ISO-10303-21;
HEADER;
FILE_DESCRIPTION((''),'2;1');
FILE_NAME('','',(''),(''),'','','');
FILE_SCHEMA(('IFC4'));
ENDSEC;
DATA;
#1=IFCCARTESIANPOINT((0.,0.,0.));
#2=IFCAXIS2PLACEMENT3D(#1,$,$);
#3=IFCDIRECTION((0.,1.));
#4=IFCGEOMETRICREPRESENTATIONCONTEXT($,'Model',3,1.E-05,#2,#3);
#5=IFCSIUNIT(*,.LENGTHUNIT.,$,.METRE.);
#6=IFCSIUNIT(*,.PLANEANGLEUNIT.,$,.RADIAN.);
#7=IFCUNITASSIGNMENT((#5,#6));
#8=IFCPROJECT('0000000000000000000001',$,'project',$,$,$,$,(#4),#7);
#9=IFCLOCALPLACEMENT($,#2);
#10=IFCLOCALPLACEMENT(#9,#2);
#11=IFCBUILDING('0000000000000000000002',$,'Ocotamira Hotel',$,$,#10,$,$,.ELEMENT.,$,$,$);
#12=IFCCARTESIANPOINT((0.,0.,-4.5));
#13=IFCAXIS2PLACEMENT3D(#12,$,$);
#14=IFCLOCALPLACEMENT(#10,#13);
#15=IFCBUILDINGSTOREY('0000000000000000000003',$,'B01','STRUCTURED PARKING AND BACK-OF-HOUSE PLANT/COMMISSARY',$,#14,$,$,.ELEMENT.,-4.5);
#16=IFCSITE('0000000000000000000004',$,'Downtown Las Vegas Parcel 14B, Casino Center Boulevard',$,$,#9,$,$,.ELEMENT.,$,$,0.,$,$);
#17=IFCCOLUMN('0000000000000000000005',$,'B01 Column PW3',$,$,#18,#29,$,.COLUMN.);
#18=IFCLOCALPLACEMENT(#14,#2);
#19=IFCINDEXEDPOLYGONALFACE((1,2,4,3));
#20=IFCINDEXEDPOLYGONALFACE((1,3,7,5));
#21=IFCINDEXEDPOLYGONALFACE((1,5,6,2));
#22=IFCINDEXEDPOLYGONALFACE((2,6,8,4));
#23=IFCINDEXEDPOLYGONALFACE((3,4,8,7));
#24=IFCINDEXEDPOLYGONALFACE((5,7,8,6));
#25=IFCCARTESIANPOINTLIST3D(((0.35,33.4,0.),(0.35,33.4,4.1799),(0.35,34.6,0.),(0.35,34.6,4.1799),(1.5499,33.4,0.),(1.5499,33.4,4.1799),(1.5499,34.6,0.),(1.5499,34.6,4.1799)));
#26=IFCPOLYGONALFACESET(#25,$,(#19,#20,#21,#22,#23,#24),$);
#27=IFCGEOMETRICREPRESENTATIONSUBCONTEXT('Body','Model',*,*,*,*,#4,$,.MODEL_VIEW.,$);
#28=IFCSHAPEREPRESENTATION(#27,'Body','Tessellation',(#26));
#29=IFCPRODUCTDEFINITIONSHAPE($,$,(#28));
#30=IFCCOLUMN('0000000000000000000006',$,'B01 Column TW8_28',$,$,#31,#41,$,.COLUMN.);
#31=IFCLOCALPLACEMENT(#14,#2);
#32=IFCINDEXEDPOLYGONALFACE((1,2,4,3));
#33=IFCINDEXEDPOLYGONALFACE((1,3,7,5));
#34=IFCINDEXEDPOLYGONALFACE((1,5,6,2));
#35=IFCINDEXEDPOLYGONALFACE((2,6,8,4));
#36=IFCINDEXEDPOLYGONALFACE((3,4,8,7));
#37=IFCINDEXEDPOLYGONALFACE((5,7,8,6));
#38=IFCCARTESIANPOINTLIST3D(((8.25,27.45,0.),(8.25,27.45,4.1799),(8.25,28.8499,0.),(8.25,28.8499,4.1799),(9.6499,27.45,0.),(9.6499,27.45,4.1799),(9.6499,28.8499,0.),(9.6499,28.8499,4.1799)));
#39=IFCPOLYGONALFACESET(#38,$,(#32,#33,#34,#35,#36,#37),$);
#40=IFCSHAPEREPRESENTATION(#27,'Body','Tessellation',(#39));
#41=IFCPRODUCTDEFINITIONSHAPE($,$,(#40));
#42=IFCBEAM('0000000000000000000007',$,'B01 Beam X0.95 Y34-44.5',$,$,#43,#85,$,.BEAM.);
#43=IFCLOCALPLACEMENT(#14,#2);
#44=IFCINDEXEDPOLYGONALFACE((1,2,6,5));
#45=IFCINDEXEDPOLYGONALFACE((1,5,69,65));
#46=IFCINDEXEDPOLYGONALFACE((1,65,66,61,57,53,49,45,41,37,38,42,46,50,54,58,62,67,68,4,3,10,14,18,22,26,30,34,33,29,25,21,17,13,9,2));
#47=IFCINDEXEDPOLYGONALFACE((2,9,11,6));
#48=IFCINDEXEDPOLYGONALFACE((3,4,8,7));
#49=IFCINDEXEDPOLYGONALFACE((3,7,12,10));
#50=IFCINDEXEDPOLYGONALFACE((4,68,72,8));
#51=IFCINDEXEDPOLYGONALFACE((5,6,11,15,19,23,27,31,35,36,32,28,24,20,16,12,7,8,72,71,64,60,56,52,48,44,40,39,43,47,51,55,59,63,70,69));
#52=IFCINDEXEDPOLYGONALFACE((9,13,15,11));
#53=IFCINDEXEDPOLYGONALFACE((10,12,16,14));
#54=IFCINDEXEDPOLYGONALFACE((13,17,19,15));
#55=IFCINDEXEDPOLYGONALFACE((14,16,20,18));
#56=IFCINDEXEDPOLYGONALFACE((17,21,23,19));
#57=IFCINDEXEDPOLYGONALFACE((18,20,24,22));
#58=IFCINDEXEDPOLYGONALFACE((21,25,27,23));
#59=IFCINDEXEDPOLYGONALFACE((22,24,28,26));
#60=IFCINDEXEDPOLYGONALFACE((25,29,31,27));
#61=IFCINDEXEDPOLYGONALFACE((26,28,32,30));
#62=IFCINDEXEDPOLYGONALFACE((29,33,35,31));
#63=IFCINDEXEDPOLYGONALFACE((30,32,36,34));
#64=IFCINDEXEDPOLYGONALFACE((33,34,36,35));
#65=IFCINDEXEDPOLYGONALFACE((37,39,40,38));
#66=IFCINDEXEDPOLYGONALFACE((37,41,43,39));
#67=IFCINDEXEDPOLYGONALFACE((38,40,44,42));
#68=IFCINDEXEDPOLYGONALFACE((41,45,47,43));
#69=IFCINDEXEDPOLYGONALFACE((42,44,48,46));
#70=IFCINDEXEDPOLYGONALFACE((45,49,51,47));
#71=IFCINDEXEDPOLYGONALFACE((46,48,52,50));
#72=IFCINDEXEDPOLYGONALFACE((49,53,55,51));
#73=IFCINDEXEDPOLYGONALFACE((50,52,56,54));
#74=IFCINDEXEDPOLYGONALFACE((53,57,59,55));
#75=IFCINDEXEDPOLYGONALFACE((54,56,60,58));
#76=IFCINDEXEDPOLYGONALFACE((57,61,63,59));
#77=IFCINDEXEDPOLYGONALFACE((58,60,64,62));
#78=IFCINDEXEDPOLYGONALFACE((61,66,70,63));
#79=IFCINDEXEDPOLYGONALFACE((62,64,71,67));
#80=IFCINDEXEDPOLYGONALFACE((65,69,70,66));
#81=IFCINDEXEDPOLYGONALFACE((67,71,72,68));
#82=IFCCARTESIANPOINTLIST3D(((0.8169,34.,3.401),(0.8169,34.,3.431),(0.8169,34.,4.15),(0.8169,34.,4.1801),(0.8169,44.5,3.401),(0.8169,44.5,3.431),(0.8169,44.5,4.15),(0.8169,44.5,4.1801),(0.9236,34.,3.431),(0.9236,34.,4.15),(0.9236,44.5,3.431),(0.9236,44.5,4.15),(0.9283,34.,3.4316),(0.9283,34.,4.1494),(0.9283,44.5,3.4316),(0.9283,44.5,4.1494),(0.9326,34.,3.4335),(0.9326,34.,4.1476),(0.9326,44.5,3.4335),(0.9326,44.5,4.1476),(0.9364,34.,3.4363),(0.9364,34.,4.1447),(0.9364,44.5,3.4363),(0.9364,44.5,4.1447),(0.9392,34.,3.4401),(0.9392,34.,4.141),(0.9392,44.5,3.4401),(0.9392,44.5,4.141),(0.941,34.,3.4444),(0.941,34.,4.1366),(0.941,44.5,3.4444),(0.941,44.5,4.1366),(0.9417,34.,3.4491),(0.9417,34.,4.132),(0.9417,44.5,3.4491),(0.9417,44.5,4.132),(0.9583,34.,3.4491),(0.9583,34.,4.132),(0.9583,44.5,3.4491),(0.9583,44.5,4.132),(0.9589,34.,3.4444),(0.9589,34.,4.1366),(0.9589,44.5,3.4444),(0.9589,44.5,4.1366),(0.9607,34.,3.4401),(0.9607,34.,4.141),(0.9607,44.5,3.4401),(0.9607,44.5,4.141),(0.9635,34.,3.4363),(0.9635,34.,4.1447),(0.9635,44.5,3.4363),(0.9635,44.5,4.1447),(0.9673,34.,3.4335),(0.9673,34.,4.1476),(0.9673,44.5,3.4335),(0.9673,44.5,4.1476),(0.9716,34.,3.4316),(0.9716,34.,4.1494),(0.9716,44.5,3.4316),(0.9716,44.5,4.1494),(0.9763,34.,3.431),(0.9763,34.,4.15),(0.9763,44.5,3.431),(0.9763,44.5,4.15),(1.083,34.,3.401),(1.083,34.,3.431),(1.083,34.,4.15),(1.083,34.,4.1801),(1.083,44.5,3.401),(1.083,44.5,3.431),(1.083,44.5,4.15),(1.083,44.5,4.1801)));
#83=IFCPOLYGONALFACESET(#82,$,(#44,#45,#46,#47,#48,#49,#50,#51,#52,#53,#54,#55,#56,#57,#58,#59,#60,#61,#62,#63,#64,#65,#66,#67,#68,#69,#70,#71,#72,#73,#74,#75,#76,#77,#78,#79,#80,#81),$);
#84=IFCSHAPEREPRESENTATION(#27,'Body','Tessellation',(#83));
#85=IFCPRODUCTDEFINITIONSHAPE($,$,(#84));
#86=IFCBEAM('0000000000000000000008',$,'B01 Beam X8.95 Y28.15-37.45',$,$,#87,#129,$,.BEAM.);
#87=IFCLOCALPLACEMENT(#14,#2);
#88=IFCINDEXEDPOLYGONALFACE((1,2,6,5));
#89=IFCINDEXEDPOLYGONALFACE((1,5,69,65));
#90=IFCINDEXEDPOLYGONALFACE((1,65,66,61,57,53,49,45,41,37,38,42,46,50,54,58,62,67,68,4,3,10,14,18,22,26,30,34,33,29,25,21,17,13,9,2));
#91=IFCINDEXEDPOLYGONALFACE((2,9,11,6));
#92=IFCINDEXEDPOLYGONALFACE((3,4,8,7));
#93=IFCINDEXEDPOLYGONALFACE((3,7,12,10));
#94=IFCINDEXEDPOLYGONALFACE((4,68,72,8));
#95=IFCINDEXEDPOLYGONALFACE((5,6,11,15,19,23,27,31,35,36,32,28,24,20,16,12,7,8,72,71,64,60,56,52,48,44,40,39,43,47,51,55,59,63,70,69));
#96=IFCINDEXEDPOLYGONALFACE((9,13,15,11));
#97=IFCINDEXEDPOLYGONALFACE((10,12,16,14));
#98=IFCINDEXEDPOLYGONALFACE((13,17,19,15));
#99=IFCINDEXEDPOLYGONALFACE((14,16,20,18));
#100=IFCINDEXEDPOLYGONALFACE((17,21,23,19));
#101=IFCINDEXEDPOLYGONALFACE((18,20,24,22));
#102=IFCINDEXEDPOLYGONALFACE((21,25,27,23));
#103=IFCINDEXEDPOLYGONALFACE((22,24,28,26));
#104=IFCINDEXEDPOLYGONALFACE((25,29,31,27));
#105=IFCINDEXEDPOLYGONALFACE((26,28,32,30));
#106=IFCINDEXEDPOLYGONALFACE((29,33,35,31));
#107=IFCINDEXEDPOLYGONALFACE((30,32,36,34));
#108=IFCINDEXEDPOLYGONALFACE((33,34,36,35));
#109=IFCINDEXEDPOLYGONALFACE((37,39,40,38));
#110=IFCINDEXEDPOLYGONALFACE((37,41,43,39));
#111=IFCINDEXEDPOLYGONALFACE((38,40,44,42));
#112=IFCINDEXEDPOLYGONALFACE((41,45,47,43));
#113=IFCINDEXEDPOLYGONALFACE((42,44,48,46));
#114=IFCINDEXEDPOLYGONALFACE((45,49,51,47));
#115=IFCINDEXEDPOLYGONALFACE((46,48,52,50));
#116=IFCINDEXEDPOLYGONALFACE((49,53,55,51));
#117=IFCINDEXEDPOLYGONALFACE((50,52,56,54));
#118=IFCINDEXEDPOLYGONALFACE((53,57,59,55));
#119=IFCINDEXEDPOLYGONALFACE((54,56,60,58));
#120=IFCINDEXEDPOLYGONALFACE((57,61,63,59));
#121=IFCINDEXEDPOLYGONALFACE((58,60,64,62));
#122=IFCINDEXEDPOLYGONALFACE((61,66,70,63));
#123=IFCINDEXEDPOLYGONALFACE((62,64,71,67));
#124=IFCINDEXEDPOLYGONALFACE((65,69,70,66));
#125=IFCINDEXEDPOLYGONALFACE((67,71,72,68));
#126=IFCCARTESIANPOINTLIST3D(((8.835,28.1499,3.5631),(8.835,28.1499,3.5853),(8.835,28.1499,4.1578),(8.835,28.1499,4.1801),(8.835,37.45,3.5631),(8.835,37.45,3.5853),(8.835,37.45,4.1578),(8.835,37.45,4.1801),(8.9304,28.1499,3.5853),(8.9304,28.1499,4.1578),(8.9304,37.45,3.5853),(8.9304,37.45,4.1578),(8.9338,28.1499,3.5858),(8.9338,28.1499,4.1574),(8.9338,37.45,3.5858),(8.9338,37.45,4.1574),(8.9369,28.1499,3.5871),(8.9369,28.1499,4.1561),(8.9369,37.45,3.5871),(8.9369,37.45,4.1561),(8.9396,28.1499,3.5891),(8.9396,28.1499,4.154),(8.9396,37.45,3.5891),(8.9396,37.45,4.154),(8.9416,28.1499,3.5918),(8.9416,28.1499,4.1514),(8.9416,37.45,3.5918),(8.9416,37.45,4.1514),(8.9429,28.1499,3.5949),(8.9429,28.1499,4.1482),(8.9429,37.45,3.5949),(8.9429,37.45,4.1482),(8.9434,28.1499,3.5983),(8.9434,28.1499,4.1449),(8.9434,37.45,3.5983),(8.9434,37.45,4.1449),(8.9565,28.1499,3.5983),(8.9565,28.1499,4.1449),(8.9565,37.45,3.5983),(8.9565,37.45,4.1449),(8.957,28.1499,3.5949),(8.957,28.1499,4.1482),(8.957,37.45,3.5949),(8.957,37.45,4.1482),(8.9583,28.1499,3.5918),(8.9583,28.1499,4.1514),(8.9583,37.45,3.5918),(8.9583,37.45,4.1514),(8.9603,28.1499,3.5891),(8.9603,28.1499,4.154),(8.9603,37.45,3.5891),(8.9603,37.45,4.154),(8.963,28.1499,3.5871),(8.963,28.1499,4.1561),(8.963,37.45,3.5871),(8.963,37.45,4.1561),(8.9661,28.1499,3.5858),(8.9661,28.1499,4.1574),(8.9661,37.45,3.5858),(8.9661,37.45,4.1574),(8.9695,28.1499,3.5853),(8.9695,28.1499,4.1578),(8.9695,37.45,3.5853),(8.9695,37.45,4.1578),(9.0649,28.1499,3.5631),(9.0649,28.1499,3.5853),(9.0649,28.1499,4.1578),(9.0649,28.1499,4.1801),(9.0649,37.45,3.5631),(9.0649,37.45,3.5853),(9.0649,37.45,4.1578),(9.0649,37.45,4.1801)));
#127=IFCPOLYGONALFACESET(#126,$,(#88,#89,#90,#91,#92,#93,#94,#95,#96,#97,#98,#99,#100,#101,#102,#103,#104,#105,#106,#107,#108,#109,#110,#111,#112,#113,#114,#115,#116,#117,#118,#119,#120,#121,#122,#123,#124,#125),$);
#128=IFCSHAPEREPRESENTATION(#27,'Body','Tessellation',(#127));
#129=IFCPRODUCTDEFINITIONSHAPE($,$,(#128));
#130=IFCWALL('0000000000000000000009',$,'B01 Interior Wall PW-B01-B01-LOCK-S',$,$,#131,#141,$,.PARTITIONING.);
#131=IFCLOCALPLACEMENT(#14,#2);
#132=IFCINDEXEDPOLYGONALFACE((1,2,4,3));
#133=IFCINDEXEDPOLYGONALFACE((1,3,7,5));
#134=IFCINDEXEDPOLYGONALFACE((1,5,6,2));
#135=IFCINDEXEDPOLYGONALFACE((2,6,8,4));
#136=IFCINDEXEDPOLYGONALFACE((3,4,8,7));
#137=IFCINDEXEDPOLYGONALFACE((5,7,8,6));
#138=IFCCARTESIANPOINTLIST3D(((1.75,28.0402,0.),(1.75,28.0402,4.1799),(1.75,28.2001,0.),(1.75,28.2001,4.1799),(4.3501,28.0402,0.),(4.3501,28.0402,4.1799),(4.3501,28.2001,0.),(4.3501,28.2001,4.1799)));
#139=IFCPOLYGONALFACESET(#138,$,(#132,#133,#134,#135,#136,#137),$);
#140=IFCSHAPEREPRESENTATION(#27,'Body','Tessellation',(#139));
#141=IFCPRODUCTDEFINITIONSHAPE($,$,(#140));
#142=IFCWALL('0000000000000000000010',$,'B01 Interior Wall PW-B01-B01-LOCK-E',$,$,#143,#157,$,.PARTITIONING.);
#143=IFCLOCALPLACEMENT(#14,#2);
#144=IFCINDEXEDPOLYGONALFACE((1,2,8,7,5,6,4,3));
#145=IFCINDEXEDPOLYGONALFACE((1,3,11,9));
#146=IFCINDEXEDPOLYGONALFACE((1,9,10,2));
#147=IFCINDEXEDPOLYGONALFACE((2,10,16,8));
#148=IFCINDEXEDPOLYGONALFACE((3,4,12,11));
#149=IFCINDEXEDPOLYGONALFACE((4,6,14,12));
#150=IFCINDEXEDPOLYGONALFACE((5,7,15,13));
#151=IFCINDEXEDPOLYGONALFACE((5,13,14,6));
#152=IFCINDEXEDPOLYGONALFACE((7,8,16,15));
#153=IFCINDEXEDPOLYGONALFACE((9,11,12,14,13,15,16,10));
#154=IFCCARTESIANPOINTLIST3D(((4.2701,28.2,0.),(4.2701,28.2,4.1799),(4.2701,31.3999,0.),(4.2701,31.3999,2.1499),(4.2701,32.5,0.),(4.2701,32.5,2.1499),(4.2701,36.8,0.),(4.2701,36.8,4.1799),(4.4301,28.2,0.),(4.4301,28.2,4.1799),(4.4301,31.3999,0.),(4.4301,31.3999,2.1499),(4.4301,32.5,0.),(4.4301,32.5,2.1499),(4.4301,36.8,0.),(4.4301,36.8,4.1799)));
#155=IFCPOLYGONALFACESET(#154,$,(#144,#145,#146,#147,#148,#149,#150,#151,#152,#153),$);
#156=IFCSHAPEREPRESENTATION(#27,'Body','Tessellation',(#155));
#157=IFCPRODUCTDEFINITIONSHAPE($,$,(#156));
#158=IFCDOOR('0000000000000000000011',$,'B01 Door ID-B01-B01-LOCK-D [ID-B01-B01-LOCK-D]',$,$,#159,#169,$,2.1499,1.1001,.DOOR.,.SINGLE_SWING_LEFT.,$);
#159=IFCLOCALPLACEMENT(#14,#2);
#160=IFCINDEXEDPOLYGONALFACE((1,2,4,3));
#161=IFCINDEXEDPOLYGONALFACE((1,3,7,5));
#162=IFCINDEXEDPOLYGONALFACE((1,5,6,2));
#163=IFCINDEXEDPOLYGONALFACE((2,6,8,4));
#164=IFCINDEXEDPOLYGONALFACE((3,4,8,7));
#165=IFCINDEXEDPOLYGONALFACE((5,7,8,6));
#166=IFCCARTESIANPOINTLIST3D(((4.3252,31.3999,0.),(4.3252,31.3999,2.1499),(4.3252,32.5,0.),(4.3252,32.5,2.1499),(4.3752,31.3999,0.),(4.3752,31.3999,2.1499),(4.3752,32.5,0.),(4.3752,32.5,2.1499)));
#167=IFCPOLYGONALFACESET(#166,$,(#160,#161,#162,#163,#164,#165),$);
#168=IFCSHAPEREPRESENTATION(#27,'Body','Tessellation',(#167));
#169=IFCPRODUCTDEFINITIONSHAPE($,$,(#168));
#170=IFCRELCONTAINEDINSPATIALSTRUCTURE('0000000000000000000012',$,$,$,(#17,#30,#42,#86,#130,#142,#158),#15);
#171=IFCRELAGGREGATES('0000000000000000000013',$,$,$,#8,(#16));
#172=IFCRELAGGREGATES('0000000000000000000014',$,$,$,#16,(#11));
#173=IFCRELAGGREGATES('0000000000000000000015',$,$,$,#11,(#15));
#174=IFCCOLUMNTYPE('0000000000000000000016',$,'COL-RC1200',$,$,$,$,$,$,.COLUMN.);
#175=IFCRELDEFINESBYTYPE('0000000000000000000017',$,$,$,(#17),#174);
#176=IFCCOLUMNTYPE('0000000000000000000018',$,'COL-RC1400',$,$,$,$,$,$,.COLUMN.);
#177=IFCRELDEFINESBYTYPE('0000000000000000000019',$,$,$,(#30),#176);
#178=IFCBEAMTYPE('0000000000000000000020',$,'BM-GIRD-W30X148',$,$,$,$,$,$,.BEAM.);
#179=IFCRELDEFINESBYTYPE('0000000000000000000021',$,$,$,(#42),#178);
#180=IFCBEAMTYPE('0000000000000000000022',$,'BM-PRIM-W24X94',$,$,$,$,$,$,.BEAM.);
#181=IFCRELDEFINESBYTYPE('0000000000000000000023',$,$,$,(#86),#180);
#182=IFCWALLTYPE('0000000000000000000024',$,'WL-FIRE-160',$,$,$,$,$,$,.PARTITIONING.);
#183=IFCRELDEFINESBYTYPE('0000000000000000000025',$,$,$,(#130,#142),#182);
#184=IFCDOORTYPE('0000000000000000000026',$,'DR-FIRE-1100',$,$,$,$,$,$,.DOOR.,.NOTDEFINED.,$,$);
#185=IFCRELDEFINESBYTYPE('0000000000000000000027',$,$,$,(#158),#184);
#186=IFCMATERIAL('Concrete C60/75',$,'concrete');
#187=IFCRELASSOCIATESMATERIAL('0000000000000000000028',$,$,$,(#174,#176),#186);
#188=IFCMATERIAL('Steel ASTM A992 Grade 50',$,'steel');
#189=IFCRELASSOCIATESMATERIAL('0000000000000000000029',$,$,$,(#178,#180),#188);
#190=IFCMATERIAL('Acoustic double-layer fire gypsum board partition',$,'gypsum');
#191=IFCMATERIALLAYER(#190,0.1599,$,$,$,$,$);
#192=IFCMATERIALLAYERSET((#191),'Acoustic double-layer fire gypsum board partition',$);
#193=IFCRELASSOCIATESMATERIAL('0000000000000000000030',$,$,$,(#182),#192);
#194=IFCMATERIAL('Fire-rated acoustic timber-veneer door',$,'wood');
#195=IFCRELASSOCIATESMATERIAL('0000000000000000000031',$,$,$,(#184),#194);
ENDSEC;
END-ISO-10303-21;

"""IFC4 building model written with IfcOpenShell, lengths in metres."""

from ifc_helpers import new_model, si_unit, direction, frame, frame_2d, origin, origin_2d, place, context, subcontext, project, spatial, rectangle, i_section, extrude, source, transform, mapped, material, layer, layer_set, material_profile, profile_set, type_object, element, fill, save


model = new_model("IFC4")

# Units and contexts
model_context = context("Model", 3, precision=1e-05, world=origin(), true_north=direction((0.0, 1.0)))
body_context = subcontext(model_context, "Body", "Model", "MODEL_VIEW")
ifc_project = project(units=[si_unit("LENGTHUNIT", "METRE"), si_unit("PLANEANGLEUNIT", "RADIAN")], contexts=[model_context])

# Site, building, storey
site_placement = place(None, origin())
site = spatial("IfcSite", under=ifc_project, at=site_placement, Name="Downtown Las Vegas Parcel 14B, Casino Center Boulevard", CompositionType="ELEMENT", RefElevation=0.0)
building_placement = place(site_placement, origin())
building = spatial("IfcBuilding", under=site, at=building_placement, Name="Ocotamira Hotel", CompositionType="ELEMENT")
storey_placement = place(building_placement, frame((0.0, 0.0, -4.5)))
storey = spatial("IfcBuildingStorey", under=building, at=storey_placement, Name="B01", Description="STRUCTURED PARKING AND BACK-OF-HOUSE PLANT/COMMISSARY", CompositionType="ELEMENT", Elevation=-4.5)

# Columns
ifc_material_1 = material(Name="Concrete C60/75", Category="concrete")
ifc_material_profile_1 = material_profile(ifc_material_1, rectangle(XDim=1.2, YDim=1.2, at=origin_2d()), Name="RC1200X1200")
ifc_profile_set_1 = profile_set([ifc_material_profile_1], Name="Concrete C60/75")
column_type_1 = type_object("IfcColumnType", Name="COL-RC1200", PredefinedType="COLUMN", material=ifc_profile_set_1)
shared_shape_1 = source(origin(), body_context, "Body", "SweptSolid", [
    extrude(rectangle(XDim=1.2, YDim=1.2, at=origin_2d()), origin(), (0.0, 0.0, 1.0), 4.1799),
])
column_1_placement = place(storey_placement, frame((0.95, 34.0, 0.0), z_axis=(0.0, 0.0, 1.0), x_axis=(1.0, 0.0, 0.0)))
element("IfcColumn", 1, at=column_1_placement, inside=storey, type_object=column_type_1, Name="B01 Column PW3", PredefinedType="COLUMN", context=body_context, shape_type="MappedRepresentation", body=[
    mapped(shared_shape_1, transform((0.0, 0.0, 0.0), scale=1.0)),
])
ifc_material_profile_2 = material_profile(ifc_material_1, rectangle(XDim=1.3999, YDim=1.3999, at=origin_2d()), Name="RC1400X1400")
ifc_profile_set_2 = profile_set([ifc_material_profile_2], Name="Concrete C60/75")
column_type_2 = type_object("IfcColumnType", Name="COL-RC1400", PredefinedType="COLUMN", material=ifc_profile_set_2)
shared_shape_2 = source(origin(), body_context, "Body", "SweptSolid", [
    extrude(rectangle(XDim=1.3999, YDim=1.3999, at=origin_2d()), origin(), (0.0, 0.0, 1.0), 4.1799),
])
column_2_placement = place(storey_placement, frame((8.95, 28.1499, 0.0), z_axis=(0.0, 0.0, 1.0), x_axis=(1.0, 0.0, 0.0)))
element("IfcColumn", 2, at=column_2_placement, inside=storey, type_object=column_type_2, Name="B01 Column TW8_28", PredefinedType="COLUMN", context=body_context, shape_type="MappedRepresentation", body=[
    mapped(shared_shape_2, transform((0.0, 0.0, 0.0), scale=1.0)),
])

# Beams
ifc_material_2 = material(Name="Steel ASTM A992 Grade 50", Category="steel")
ifc_material_profile_3 = material_profile(ifc_material_2, i_section(OverallWidth=0.2661, OverallDepth=0.7791, WebThickness=0.0166, FlangeThickness=0.03, FilletRadius=0.0181, at=origin_2d()), Name="W30X148")
ifc_profile_set_3 = profile_set([ifc_material_profile_3], Name="Steel ASTM A992 Grade 50")
beam_type_1 = type_object("IfcBeamType", Name="BM-GIRD-W30X148", PredefinedType="BEAM", material=ifc_profile_set_3)
shared_shape_3 = source(origin(), body_context, "Body", "SweptSolid", [
    extrude(i_section(OverallWidth=0.2661, OverallDepth=0.7791, WebThickness=0.0166, FlangeThickness=0.03, FilletRadius=0.0181, at=origin_2d()), origin(), (0.0, 0.0, 1.0), 10.5),
])
beam_1_placement = place(storey_placement, frame((0.95, 34.0, 3.7905), z_axis=(0.0, 1.0, 0.0), x_axis=(-1.0, 0.0, 0.0)))
element("IfcBeam", 3, at=beam_1_placement, inside=storey, type_object=beam_type_1, Name="B01 Beam X0.95 Y34-44.5", PredefinedType="BEAM", context=body_context, shape_type="MappedRepresentation", body=[
    mapped(shared_shape_3, transform((0.0, 0.0, 0.0), scale=1.0)),
])
ifc_material_profile_4 = material_profile(ifc_material_2, i_section(OverallWidth=0.23, OverallDepth=0.6169, WebThickness=0.0132, FlangeThickness=0.0222, FilletRadius=0.0129, at=origin_2d()), Name="W24X94")
ifc_profile_set_4 = profile_set([ifc_material_profile_4], Name="Steel ASTM A992 Grade 50")
beam_type_2 = type_object("IfcBeamType", Name="BM-PRIM-W24X94", PredefinedType="BEAM", material=ifc_profile_set_4)
shared_shape_4 = source(origin(), body_context, "Body", "SweptSolid", [
    extrude(i_section(OverallWidth=0.23, OverallDepth=0.6169, WebThickness=0.0132, FlangeThickness=0.0222, FilletRadius=0.0129, at=origin_2d()), origin(), (0.0, 0.0, 1.0), 9.3),
])
beam_2_placement = place(storey_placement, frame((8.95, 28.1499, 3.8716), z_axis=(0.0, 1.0, 0.0), x_axis=(-1.0, 0.0, 0.0)))
element("IfcBeam", 4, at=beam_2_placement, inside=storey, type_object=beam_type_2, Name="B01 Beam X8.95 Y28.15-37.45", PredefinedType="BEAM", context=body_context, shape_type="MappedRepresentation", body=[
    mapped(shared_shape_4, transform((0.0, 0.0, 0.0), scale=1.0)),
])

# Wall
ifc_material_3 = material(Name="Acoustic double-layer fire gypsum board partition", Category="gypsum")
ifc_layer_1 = layer(ifc_material_3, 0.1599)
ifc_layer_set_1 = layer_set([ifc_layer_1], Name="Acoustic double-layer fire gypsum board partition")
wall_type_1 = type_object("IfcWallType", Name="WL-FIRE-160", PredefinedType="PARTITIONING", material=ifc_layer_set_1)
wall_1_placement = place(storey_placement, frame((1.75, 28.1201, 0.0), z_axis=(0.0, 0.0, 1.0), x_axis=(1.0, 0.0, 0.0)))
element("IfcWall", 5, at=wall_1_placement, inside=storey, type_object=wall_type_1, Name="B01 Interior Wall PW-B01-B01-LOCK-S", PredefinedType="PARTITIONING", context=body_context, shape_type="SweptSolid", body=[
    extrude(rectangle(XDim=2.6001, YDim=0.1599, at=frame_2d((1.3, 0.0))), origin(), (0.0, 0.0, 1.0), 4.1799),
])

# Wall, opening, door
wall_2_placement = place(storey_placement, frame((4.3501, 28.2, 0.0), z_axis=(0.0, 0.0, 1.0), x_axis=(0.0, 1.0, 0.0)))
wall_2 = element("IfcWall", 6, at=wall_2_placement, inside=storey, type_object=wall_type_1, Name="B01 Interior Wall PW-B01-B01-LOCK-E", PredefinedType="PARTITIONING", context=body_context, shape_type="SweptSolid", body=[
    extrude(rectangle(XDim=8.6001, YDim=0.1599, at=frame_2d((4.3, 0.0))), origin(), (0.0, 0.0, 1.0), 4.1799),
])
opening_1_placement = place(wall_2_placement, frame((3.2, 0.0, 0.0)))
opening_1 = element("IfcOpeningElement", 7, at=opening_1_placement, cuts=wall_2, PredefinedType="OPENING", context=body_context, shape_type="SweptSolid", body=[
    extrude(rectangle(XDim=1.1001, YDim=2.1499, at=frame_2d((0.55, 1.075))), frame((0.0, 0.0898, 0.0), z_axis=(0.0, -1.0, 0.0), x_axis=(1.0, 0.0, 0.0)), (0.0, 0.0, 1.0), 0.1799),
])
ifc_material_4 = material(Name="Fire-rated acoustic timber-veneer door", Category="wood")
door_type_1 = type_object("IfcDoorType", Name="DR-FIRE-1100", OperationType="NOTDEFINED", PredefinedType="DOOR", material=ifc_material_4)
shared_shape_5 = source(origin(), body_context, "Body", "SweptSolid", [
    extrude(rectangle(XDim=1.1001, YDim=2.1499, at=frame_2d((0.55, 1.075))), frame((0.0, 0.0249, 0.0), z_axis=(0.0, -1.0, 0.0), x_axis=(1.0, 0.0, 0.0)), (0.0, 0.0, 1.0), 0.05),
])
door_1_placement = place(opening_1_placement, origin())
door_1 = element("IfcDoor", 8, at=door_1_placement, inside=storey, type_object=door_type_1, Name="B01 Door ID-B01-B01-LOCK-D [ID-B01-B01-LOCK-D]", OperationType="SINGLE_SWING_LEFT", OverallHeight=2.1499, OverallWidth=1.1001, PredefinedType="DOOR", context=body_context, shape_type="MappedRepresentation", body=[
    mapped(shared_shape_5, transform((0.0, 0.0, 0.0), scale=1.0)),
])
fill(opening_1, door_1)

save(model, "model.ifc")
